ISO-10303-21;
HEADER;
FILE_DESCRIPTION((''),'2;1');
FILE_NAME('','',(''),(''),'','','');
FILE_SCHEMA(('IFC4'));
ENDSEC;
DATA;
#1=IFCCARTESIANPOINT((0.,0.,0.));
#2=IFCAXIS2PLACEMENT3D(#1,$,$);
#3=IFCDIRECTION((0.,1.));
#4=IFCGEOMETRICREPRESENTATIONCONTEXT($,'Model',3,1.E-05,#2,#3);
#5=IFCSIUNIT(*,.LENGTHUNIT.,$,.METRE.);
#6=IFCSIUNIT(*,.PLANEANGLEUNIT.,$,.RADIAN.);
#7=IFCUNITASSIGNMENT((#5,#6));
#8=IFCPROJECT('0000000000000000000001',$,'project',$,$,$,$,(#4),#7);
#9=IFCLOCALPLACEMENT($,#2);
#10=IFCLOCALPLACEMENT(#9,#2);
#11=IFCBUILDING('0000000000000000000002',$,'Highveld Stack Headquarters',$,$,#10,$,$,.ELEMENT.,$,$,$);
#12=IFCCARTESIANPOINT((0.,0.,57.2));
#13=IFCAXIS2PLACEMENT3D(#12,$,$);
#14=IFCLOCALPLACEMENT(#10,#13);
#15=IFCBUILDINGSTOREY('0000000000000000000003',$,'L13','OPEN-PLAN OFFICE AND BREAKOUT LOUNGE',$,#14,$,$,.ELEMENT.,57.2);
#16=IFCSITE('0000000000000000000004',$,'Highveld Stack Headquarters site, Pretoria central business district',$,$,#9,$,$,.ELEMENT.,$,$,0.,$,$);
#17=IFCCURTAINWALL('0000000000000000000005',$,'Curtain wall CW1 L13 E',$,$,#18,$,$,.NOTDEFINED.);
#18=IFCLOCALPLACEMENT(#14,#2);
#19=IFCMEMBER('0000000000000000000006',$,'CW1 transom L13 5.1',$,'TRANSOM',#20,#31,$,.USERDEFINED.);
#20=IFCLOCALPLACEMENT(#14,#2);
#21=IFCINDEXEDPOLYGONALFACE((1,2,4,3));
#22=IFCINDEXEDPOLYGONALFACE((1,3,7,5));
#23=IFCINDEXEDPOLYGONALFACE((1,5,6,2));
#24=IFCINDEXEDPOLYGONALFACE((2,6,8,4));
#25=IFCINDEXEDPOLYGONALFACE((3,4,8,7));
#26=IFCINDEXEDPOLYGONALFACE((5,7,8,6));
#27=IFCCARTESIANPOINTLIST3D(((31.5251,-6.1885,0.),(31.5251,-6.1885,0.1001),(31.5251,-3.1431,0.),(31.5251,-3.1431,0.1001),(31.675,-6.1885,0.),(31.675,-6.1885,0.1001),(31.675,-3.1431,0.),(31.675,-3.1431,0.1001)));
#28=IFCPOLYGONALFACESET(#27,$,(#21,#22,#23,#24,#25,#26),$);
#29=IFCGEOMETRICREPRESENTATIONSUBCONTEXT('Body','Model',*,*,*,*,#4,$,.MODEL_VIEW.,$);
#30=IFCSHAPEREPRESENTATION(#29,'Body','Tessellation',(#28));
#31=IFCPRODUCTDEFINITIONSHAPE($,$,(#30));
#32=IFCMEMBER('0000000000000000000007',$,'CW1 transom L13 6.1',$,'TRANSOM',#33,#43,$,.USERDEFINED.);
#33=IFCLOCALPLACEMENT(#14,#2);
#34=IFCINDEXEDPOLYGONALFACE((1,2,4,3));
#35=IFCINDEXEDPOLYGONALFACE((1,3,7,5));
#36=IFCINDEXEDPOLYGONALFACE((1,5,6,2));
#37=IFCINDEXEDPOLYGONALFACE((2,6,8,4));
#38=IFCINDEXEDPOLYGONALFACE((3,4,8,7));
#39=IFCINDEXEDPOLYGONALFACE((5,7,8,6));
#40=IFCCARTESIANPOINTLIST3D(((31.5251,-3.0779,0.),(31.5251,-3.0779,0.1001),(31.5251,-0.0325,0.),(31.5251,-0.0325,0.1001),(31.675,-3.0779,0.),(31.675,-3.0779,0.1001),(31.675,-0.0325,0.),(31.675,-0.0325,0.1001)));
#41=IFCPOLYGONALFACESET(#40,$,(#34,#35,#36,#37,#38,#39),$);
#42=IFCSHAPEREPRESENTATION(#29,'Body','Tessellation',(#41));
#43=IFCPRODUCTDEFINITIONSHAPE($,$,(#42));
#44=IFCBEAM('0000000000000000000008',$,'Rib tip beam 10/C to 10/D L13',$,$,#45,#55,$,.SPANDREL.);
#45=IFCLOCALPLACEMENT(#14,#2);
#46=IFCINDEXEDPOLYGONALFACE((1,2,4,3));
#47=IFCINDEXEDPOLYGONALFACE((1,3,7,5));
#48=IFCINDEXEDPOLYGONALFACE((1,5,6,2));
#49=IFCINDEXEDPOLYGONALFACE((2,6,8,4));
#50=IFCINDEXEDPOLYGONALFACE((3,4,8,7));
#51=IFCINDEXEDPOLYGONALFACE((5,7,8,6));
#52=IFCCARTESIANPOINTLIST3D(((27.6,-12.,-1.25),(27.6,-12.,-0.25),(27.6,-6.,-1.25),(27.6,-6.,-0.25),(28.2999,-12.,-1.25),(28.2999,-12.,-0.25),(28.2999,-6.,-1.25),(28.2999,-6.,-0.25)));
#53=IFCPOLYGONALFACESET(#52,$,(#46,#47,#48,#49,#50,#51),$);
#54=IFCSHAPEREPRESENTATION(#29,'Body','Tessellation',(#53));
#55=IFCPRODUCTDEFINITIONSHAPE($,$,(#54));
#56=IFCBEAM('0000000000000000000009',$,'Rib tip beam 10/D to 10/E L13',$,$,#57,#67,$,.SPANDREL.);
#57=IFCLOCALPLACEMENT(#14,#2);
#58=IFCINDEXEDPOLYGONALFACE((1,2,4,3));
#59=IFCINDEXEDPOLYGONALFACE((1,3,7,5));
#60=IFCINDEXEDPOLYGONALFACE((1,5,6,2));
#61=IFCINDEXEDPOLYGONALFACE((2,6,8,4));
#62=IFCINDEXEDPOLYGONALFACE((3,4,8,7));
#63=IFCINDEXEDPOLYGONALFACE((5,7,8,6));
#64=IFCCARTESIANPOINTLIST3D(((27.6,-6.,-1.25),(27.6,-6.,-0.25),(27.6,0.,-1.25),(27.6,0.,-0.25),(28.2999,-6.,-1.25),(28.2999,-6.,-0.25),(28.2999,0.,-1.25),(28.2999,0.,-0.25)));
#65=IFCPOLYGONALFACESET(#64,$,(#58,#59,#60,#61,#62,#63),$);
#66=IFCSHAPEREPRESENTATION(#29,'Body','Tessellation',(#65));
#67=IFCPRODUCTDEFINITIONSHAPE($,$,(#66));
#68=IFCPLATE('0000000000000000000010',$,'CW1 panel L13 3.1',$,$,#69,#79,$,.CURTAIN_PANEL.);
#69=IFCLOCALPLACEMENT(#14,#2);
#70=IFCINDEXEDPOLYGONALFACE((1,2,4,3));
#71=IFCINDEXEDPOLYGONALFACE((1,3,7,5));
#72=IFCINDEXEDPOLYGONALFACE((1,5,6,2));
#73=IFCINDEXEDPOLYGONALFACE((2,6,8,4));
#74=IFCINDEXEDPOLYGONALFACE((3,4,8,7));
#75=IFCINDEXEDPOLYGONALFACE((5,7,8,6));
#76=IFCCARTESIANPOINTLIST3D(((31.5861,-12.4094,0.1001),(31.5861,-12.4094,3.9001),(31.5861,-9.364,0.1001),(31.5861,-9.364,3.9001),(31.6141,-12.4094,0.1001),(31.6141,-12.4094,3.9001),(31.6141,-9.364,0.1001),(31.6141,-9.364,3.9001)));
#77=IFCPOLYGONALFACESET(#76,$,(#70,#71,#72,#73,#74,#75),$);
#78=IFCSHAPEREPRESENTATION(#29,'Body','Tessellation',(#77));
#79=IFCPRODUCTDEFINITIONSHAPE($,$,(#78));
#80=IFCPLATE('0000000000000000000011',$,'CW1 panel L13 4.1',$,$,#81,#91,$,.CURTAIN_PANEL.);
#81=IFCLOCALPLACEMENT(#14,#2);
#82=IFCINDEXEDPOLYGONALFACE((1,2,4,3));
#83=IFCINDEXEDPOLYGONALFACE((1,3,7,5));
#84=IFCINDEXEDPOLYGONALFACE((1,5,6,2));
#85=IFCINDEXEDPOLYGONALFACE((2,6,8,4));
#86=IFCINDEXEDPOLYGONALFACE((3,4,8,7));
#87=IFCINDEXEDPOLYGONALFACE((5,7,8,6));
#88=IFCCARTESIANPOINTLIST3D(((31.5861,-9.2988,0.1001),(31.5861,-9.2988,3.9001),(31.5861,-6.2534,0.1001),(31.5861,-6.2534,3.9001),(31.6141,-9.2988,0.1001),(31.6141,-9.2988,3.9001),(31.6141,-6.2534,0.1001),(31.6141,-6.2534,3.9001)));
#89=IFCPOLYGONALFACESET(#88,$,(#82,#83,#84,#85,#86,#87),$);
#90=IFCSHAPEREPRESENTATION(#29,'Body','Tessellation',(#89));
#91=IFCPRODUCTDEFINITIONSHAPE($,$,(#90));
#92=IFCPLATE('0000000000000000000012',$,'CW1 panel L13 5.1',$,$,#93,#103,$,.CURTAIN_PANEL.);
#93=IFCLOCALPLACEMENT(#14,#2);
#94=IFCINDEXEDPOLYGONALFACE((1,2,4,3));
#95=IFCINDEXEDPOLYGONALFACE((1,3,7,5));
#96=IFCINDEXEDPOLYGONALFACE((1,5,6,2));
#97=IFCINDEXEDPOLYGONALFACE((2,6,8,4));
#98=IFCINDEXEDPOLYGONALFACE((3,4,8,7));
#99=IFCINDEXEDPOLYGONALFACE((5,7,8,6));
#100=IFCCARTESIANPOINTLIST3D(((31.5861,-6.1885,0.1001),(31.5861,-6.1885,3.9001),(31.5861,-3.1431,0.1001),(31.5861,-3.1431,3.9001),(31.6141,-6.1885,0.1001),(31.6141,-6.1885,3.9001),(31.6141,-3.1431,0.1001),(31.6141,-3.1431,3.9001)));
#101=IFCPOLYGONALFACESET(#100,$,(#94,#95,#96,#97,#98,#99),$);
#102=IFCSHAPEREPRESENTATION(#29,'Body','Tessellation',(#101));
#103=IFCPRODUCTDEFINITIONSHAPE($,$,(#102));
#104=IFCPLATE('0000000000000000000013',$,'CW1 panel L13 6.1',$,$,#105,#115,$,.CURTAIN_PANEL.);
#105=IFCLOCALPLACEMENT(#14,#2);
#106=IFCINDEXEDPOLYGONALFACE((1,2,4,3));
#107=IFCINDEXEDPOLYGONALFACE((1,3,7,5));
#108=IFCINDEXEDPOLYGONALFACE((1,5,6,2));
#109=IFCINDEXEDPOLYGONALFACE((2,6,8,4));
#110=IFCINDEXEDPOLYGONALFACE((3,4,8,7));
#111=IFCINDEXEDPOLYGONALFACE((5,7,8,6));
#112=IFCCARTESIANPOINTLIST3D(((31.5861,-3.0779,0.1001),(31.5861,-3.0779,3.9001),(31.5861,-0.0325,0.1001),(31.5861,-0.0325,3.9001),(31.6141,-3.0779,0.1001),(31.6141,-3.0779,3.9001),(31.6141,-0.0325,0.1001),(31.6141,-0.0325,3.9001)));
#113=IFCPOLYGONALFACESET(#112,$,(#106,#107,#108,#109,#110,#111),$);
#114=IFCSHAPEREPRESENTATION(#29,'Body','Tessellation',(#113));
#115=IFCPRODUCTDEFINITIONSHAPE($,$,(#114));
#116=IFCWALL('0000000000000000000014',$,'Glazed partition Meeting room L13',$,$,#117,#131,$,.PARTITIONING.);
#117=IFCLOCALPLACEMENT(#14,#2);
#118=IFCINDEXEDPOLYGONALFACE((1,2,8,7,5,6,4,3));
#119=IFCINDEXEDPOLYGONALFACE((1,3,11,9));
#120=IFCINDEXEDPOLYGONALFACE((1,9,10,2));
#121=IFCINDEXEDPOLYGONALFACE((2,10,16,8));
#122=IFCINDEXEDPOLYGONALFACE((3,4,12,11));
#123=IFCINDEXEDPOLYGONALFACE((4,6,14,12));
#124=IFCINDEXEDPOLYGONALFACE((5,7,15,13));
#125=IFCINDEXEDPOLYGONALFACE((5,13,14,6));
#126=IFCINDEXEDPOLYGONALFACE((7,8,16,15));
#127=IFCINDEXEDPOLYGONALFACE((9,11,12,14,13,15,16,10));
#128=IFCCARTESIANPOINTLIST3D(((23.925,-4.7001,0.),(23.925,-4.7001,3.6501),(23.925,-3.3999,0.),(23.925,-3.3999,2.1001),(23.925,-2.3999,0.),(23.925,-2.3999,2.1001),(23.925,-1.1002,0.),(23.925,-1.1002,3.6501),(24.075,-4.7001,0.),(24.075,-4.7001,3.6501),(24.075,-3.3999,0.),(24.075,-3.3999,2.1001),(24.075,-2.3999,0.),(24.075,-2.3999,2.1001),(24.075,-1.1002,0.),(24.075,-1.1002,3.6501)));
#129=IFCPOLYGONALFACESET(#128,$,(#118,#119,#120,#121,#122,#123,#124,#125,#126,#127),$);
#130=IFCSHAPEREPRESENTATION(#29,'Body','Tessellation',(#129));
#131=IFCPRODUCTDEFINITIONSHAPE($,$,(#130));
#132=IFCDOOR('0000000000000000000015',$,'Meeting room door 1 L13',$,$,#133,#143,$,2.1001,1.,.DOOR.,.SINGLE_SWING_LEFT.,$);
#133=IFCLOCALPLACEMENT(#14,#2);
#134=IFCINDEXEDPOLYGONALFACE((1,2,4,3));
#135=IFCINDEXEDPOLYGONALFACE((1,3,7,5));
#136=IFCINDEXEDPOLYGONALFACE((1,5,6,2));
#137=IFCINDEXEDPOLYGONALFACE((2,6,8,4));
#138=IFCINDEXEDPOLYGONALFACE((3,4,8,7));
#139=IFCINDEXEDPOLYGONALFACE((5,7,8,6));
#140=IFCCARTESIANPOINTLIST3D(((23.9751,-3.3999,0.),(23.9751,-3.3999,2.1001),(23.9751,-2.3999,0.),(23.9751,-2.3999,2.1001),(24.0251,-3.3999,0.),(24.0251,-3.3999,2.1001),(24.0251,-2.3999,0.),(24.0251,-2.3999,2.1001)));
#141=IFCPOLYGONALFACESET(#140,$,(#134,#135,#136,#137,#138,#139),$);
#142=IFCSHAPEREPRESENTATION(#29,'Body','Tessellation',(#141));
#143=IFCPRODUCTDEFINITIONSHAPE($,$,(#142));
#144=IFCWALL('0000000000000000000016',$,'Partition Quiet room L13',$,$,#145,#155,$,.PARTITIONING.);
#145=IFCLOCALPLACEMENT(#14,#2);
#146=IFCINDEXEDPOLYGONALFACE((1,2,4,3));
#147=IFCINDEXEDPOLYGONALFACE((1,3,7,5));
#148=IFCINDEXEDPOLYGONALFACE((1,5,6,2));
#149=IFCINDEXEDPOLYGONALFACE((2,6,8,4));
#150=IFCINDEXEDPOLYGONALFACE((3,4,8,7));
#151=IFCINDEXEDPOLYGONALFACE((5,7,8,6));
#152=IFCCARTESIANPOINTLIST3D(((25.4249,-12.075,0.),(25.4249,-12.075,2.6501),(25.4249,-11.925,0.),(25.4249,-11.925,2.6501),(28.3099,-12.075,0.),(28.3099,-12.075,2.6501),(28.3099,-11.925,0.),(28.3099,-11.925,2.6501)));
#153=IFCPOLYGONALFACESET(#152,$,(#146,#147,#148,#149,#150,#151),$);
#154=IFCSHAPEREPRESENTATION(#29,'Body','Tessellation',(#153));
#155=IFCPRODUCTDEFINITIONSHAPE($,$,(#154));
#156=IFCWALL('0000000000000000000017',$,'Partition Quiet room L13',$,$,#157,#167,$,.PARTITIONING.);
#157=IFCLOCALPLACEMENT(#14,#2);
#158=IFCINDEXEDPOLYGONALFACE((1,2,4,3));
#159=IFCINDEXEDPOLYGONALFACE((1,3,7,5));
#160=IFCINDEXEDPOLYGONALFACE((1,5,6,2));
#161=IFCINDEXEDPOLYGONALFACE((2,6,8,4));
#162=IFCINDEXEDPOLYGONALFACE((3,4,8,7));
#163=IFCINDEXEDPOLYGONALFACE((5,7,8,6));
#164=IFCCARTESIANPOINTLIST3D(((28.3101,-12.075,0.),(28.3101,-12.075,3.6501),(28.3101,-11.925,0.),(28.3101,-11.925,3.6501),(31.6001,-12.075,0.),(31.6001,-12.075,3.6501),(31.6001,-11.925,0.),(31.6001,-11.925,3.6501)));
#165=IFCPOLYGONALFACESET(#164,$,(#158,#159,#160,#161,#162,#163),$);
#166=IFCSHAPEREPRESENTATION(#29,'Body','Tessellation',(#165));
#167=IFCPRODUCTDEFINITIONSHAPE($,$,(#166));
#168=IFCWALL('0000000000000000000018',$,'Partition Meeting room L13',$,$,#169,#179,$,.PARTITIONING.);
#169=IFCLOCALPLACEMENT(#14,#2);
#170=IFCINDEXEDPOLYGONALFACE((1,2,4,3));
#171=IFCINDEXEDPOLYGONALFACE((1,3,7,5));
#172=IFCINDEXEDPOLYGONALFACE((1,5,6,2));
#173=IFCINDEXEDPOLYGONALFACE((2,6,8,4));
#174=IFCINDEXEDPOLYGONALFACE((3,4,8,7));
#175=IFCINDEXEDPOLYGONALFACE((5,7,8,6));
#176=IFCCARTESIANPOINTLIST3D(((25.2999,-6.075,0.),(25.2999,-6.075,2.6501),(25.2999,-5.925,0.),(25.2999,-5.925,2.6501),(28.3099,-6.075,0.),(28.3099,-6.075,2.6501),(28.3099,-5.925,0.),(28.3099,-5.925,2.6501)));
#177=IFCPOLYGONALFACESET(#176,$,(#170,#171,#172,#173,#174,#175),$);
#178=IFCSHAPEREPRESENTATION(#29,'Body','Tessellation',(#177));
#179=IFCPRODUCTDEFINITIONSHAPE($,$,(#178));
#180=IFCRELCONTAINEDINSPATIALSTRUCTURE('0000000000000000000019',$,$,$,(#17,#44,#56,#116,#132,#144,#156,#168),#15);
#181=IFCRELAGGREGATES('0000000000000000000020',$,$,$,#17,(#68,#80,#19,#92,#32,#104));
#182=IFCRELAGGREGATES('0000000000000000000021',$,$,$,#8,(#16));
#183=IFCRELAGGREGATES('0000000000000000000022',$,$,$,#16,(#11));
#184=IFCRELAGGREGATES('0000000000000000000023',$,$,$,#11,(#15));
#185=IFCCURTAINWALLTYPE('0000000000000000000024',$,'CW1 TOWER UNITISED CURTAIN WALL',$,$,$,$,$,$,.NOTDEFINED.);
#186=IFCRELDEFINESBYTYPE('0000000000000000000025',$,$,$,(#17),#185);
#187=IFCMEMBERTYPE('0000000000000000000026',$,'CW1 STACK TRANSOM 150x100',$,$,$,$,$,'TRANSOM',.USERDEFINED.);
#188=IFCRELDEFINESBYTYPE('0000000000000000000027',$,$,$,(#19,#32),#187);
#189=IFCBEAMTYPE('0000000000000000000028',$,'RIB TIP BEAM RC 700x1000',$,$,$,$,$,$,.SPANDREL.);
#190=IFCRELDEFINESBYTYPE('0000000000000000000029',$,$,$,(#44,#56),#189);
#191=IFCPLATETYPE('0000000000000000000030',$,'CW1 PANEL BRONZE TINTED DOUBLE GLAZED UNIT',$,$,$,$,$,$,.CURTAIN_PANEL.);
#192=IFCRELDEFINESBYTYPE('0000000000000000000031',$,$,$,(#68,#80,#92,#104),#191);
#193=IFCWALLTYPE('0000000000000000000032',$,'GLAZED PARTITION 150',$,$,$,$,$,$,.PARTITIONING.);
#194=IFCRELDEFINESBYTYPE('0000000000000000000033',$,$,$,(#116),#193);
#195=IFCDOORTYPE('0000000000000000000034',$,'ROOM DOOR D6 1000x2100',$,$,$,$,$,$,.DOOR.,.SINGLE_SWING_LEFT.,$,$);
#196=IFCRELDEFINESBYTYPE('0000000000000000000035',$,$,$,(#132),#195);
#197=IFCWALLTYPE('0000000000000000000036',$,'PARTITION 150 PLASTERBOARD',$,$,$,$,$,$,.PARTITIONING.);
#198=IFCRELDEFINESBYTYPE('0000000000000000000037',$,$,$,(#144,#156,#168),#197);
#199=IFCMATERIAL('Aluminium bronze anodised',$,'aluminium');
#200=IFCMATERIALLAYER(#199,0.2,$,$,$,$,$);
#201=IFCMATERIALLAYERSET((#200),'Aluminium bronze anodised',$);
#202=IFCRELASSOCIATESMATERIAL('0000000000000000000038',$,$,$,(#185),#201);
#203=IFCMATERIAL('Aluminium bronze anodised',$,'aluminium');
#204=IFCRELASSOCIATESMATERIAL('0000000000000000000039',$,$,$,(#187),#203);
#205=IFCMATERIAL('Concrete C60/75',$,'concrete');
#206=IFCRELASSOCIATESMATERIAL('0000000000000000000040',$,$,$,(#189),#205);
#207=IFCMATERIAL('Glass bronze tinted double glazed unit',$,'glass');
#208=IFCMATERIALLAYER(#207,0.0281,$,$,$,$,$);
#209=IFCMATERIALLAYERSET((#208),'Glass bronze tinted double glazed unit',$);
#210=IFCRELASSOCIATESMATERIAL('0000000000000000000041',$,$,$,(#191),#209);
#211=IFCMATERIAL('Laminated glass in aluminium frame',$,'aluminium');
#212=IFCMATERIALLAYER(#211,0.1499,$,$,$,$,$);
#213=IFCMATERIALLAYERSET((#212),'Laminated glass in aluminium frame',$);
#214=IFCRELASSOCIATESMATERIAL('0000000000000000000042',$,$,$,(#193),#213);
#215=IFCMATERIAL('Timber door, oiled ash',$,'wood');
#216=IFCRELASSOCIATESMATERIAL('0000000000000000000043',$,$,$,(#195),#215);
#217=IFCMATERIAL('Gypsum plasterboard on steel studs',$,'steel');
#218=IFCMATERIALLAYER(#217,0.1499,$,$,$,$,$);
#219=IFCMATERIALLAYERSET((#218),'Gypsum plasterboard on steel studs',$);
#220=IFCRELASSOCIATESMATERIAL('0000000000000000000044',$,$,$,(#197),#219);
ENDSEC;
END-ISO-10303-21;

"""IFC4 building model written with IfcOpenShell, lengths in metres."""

from ifc_helpers import new_model, si_unit, direction, frame, frame_2d, origin, origin_2d, place, context, subcontext, project, spatial, rectangle, extrude, material, layer, layer_set, material_profile, profile_set, type_object, element, fill, aggregate, save


model = new_model("IFC4")

# Units and contexts
model_context = context("Model", 3, precision=1e-05, world=origin(), true_north=direction((0.0, 1.0)))
body_context = subcontext(model_context, "Body", "Model", "MODEL_VIEW")
ifc_project = project(units=[si_unit("LENGTHUNIT", "METRE"), si_unit("PLANEANGLEUNIT", "RADIAN")], contexts=[model_context])

# Site, building, storey
site_placement = place(None, origin())
site = spatial("IfcSite", under=ifc_project, at=site_placement, Name="Highveld Stack Headquarters site, Pretoria central business district", CompositionType="ELEMENT", RefElevation=0.0)
building_placement = place(site_placement, origin())
building = spatial("IfcBuilding", under=site, at=building_placement, Name="Highveld Stack Headquarters", CompositionType="ELEMENT")
storey_placement = place(building_placement, frame((0.0, 0.0, 57.2)))
storey = spatial("IfcBuildingStorey", under=building, at=storey_placement, Name="L13", Description="OPEN-PLAN OFFICE AND BREAKOUT LOUNGE", CompositionType="ELEMENT", Elevation=57.2)

# Curtain wall, members
ifc_material_1 = material(Name="Aluminium bronze anodised", Category="aluminium")
ifc_layer_1 = layer(ifc_material_1, 0.2)
ifc_layer_set_1 = layer_set([ifc_layer_1], Name="Aluminium bronze anodised")
curtain_wall_type = type_object("IfcCurtainWallType", Name="CW1 TOWER UNITISED CURTAIN WALL", PredefinedType="NOTDEFINED", material=ifc_layer_set_1)
curtain_wall_placement = place(storey_placement, origin())
curtain_wall = element("IfcCurtainWall", 1, at=curtain_wall_placement, inside=storey, type_object=curtain_wall_type, Name="Curtain wall CW1 L13 E", PredefinedType="NOTDEFINED")
ifc_material_2 = material(Name="Aluminium bronze anodised", Category="aluminium")
ifc_material_profile_1 = material_profile(ifc_material_2, rectangle(XDim=0.1499, YDim=0.1001, at=origin_2d()), Name="CW1 TRANSOM 150x100")
ifc_profile_set_1 = profile_set([ifc_material_profile_1], Name="Aluminium bronze anodised")
member_type_1 = type_object("IfcMemberType", Name="CW1 STACK TRANSOM 150x100", ElementType="TRANSOM", PredefinedType="USERDEFINED", material=ifc_profile_set_1)
member_1_placement = place(storey_placement, frame((31.6001, -6.1885, 0.05), z_axis=(0.0, 1.0, 0.0), x_axis=(-1.0, 0.0, 0.0)))
member_1 = element("IfcMember", 2, at=member_1_placement, type_object=member_type_1, Name="CW1 transom L13 5.1", ObjectType="TRANSOM", PredefinedType="USERDEFINED", context=body_context, shape_type="SweptSolid", body=[
    extrude(rectangle(XDim=0.1499, YDim=0.1001, at=origin_2d()), origin(), (0.0, 0.0, 1.0), 3.0454),
])
member_2_placement = place(storey_placement, frame((31.6001, -3.0779, 0.05), z_axis=(0.0, 1.0, 0.0), x_axis=(-1.0, 0.0, 0.0)))
member_2 = element("IfcMember", 3, at=member_2_placement, type_object=member_type_1, Name="CW1 transom L13 6.1", ObjectType="TRANSOM", PredefinedType="USERDEFINED", context=body_context, shape_type="SweptSolid", body=[
    extrude(rectangle(XDim=0.1499, YDim=0.1001, at=origin_2d()), origin(), (0.0, 0.0, 1.0), 3.0454),
])

# Beams
ifc_material_3 = material(Name="Concrete C60/75", Category="concrete")
ifc_material_profile_2 = material_profile(ifc_material_3, rectangle(XDim=0.7, YDim=1.0, at=origin_2d()), Name="RC 700x1000")
ifc_profile_set_2 = profile_set([ifc_material_profile_2], Name="Concrete C60/75")
beam_type_1 = type_object("IfcBeamType", Name="RIB TIP BEAM RC 700x1000", PredefinedType="SPANDREL", material=ifc_profile_set_2)
for number, where, z_axis, x_axis, name in (
    (4, (27.95, -12.0, -0.75), (0.0, 1.0, 0.0), (-1.0, 0.0, 0.0), "Rib tip beam 10/C to 10/D L13"),
    (5, (27.95, -6.0, -0.75), (0.0, 1.0, 0.0), (-1.0, 0.0, 0.0), "Rib tip beam 10/D to 10/E L13"),
):
    element("IfcBeam", number, at=place(storey_placement, frame(where, z_axis=z_axis, x_axis=x_axis)), inside=storey, type_object=beam_type_1, Name=name, PredefinedType="SPANDREL", context=body_context, shape_type="SweptSolid", body=[
        extrude(rectangle(XDim=0.7, YDim=1.0, at=origin_2d()), origin(), (0.0, 0.0, 1.0), 6.0),
    ])

# Plates
ifc_material_4 = material(Name="Glass bronze tinted double glazed unit", Category="glass")
ifc_layer_2 = layer(ifc_material_4, 0.0281)
ifc_layer_set_2 = layer_set([ifc_layer_2], Name="Glass bronze tinted double glazed unit")
plate_type = type_object("IfcPlateType", Name="CW1 PANEL BRONZE TINTED DOUBLE GLAZED UNIT", PredefinedType="CURTAIN_PANEL", material=ifc_layer_set_2)
plate_1_placement = place(storey_placement, frame((31.6001, -10.8867, 0.1001), z_axis=(0.0, 0.0, 1.0), x_axis=(0.0, 1.0, 0.0)))
plate_1 = element("IfcPlate", 6, at=plate_1_placement, type_object=plate_type, Name="CW1 panel L13 3.1", PredefinedType="CURTAIN_PANEL", context=body_context, shape_type="SweptSolid", body=[
    extrude(rectangle(XDim=3.0454, YDim=0.0281, at=origin_2d()), origin(), (0.0, 0.0, 1.0), 3.8),
])
plate_2_placement = place(storey_placement, frame((31.6001, -7.7761, 0.1001), z_axis=(0.0, 0.0, 1.0), x_axis=(0.0, 1.0, 0.0)))
plate_2 = element("IfcPlate", 7, at=plate_2_placement, type_object=plate_type, Name="CW1 panel L13 4.1", PredefinedType="CURTAIN_PANEL", context=body_context, shape_type="SweptSolid", body=[
    extrude(rectangle(XDim=3.0454, YDim=0.0281, at=origin_2d()), origin(), (0.0, 0.0, 1.0), 3.8),
])
plate_3_placement = place(storey_placement, frame((31.6001, -4.6658, 0.1001), z_axis=(0.0, 0.0, 1.0), x_axis=(0.0, 1.0, 0.0)))
plate_3 = element("IfcPlate", 8, at=plate_3_placement, type_object=plate_type, Name="CW1 panel L13 5.1", PredefinedType="CURTAIN_PANEL", context=body_context, shape_type="SweptSolid", body=[
    extrude(rectangle(XDim=3.0454, YDim=0.0281, at=origin_2d()), origin(), (0.0, 0.0, 1.0), 3.8),
])
plate_4_placement = place(storey_placement, frame((31.6001, -1.5552, 0.1001), z_axis=(0.0, 0.0, 1.0), x_axis=(0.0, 1.0, 0.0)))
plate_4 = element("IfcPlate", 9, at=plate_4_placement, type_object=plate_type, Name="CW1 panel L13 6.1", PredefinedType="CURTAIN_PANEL", context=body_context, shape_type="SweptSolid", body=[
    extrude(rectangle(XDim=3.0454, YDim=0.0281, at=origin_2d()), origin(), (0.0, 0.0, 1.0), 3.8),
])
aggregate(curtain_wall, [plate_1, plate_2, member_1, plate_3, member_2, plate_4])

# Wall, opening, door
ifc_material_5 = material(Name="Laminated glass in aluminium frame", Category="aluminium")
ifc_layer_3 = layer(ifc_material_5, 0.1499)
ifc_layer_set_3 = layer_set([ifc_layer_3], Name="Laminated glass in aluminium frame")
wall_type_1 = type_object("IfcWallType", Name="GLAZED PARTITION 150", PredefinedType="PARTITIONING", material=ifc_layer_set_3)
wall_1_placement = place(storey_placement, frame((24.0, -4.7, 0.0), z_axis=(0.0, 0.0, 1.0), x_axis=(0.0, 1.0, 0.0)))
wall_1 = element("IfcWall", 10, at=wall_1_placement, inside=storey, type_object=wall_type_1, Name="Glazed partition Meeting room L13", PredefinedType="PARTITIONING", context=body_context, shape_type="SweptSolid", body=[
    extrude(rectangle(XDim=3.5999, YDim=0.1499, at=frame_2d((1.7998, 0.0))), origin(), (0.0, 0.0, 1.0), 3.6501),
])
opening_placement = place(wall_1_placement, frame((1.3, 0.0, 0.0)))
opening = element("IfcOpeningElement", 11, at=opening_placement, cuts=wall_1, PredefinedType="OPENING", context=body_context, shape_type="SweptSolid", body=[
    extrude(rectangle(XDim=1.0, YDim=2.1001, at=frame_2d((0.5, 1.05))), frame((0.0, 0.085, 0.0), z_axis=(0.0, -1.0, 0.0), x_axis=(1.0, 0.0, 0.0)), (0.0, 0.0, 1.0), 0.1699),
])
ifc_material_6 = material(Name="Timber door, oiled ash", Category="wood")
door_type = type_object("IfcDoorType", Name="ROOM DOOR D6 1000x2100", OperationType="SINGLE_SWING_LEFT", PredefinedType="DOOR", material=ifc_material_6)
door_placement = place(opening_placement, origin())
door = element("IfcDoor", 12, at=door_placement, inside=storey, type_object=door_type, Name="Meeting room door 1 L13", OperationType="SINGLE_SWING_LEFT", OverallHeight=2.1001, OverallWidth=1.0, PredefinedType="DOOR", context=body_context, shape_type="SweptSolid", body=[
    extrude(rectangle(XDim=1.0, YDim=2.1001, at=frame_2d((0.5, 1.05))), frame((0.0, 0.0249, 0.0), z_axis=(0.0, -1.0, 0.0), x_axis=(1.0, 0.0, 0.0)), (0.0, 0.0, 1.0), 0.05),
])
fill(opening, door)

# Walls
ifc_material_7 = material(Name="Gypsum plasterboard on steel studs", Category="steel")
ifc_layer_4 = layer(ifc_material_7, 0.1499)
ifc_layer_set_4 = layer_set([ifc_layer_4], Name="Gypsum plasterboard on steel studs")
wall_type_2 = type_object("IfcWallType", Name="PARTITION 150 PLASTERBOARD", PredefinedType="PARTITIONING", material=ifc_layer_set_4)
wall_2_placement = place(storey_placement, frame((25.425, -12.0, 0.0), z_axis=(0.0, 0.0, 1.0), x_axis=(1.0, 0.0, 0.0)))
element("IfcWall", 13, at=wall_2_placement, inside=storey, type_object=wall_type_2, Name="Partition Quiet room L13", PredefinedType="PARTITIONING", context=body_context, shape_type="SweptSolid", body=[
    extrude(rectangle(XDim=2.885, YDim=0.1499, at=frame_2d((1.4424, 0.0))), origin(), (0.0, 0.0, 1.0), 2.6501),
])
wall_3_placement = place(storey_placement, frame((28.3101, -12.0, 0.0), z_axis=(0.0, 0.0, 1.0), x_axis=(1.0, 0.0, 0.0)))
element("IfcWall", 14, at=wall_3_placement, inside=storey, type_object=wall_type_2, Name="Partition Quiet room L13", PredefinedType="PARTITIONING", context=body_context, shape_type="SweptSolid", body=[
    extrude(rectangle(XDim=3.29, YDim=0.1499, at=frame_2d((1.645, 0.0))), origin(), (0.0, 0.0, 1.0), 3.6501),
])
wall_4_placement = place(storey_placement, frame((25.3, -6.0, 0.0), z_axis=(0.0, 0.0, 1.0), x_axis=(1.0, 0.0, 0.0)))
element("IfcWall", 15, at=wall_4_placement, inside=storey, type_object=wall_type_2, Name="Partition Meeting room L13", PredefinedType="PARTITIONING", context=body_context, shape_type="SweptSolid", body=[
    extrude(rectangle(XDim=3.01, YDim=0.1499, at=frame_2d((1.5049, 0.0))), origin(), (0.0, 0.0, 1.0), 2.6501),
])

save(model, "model.ifc")
